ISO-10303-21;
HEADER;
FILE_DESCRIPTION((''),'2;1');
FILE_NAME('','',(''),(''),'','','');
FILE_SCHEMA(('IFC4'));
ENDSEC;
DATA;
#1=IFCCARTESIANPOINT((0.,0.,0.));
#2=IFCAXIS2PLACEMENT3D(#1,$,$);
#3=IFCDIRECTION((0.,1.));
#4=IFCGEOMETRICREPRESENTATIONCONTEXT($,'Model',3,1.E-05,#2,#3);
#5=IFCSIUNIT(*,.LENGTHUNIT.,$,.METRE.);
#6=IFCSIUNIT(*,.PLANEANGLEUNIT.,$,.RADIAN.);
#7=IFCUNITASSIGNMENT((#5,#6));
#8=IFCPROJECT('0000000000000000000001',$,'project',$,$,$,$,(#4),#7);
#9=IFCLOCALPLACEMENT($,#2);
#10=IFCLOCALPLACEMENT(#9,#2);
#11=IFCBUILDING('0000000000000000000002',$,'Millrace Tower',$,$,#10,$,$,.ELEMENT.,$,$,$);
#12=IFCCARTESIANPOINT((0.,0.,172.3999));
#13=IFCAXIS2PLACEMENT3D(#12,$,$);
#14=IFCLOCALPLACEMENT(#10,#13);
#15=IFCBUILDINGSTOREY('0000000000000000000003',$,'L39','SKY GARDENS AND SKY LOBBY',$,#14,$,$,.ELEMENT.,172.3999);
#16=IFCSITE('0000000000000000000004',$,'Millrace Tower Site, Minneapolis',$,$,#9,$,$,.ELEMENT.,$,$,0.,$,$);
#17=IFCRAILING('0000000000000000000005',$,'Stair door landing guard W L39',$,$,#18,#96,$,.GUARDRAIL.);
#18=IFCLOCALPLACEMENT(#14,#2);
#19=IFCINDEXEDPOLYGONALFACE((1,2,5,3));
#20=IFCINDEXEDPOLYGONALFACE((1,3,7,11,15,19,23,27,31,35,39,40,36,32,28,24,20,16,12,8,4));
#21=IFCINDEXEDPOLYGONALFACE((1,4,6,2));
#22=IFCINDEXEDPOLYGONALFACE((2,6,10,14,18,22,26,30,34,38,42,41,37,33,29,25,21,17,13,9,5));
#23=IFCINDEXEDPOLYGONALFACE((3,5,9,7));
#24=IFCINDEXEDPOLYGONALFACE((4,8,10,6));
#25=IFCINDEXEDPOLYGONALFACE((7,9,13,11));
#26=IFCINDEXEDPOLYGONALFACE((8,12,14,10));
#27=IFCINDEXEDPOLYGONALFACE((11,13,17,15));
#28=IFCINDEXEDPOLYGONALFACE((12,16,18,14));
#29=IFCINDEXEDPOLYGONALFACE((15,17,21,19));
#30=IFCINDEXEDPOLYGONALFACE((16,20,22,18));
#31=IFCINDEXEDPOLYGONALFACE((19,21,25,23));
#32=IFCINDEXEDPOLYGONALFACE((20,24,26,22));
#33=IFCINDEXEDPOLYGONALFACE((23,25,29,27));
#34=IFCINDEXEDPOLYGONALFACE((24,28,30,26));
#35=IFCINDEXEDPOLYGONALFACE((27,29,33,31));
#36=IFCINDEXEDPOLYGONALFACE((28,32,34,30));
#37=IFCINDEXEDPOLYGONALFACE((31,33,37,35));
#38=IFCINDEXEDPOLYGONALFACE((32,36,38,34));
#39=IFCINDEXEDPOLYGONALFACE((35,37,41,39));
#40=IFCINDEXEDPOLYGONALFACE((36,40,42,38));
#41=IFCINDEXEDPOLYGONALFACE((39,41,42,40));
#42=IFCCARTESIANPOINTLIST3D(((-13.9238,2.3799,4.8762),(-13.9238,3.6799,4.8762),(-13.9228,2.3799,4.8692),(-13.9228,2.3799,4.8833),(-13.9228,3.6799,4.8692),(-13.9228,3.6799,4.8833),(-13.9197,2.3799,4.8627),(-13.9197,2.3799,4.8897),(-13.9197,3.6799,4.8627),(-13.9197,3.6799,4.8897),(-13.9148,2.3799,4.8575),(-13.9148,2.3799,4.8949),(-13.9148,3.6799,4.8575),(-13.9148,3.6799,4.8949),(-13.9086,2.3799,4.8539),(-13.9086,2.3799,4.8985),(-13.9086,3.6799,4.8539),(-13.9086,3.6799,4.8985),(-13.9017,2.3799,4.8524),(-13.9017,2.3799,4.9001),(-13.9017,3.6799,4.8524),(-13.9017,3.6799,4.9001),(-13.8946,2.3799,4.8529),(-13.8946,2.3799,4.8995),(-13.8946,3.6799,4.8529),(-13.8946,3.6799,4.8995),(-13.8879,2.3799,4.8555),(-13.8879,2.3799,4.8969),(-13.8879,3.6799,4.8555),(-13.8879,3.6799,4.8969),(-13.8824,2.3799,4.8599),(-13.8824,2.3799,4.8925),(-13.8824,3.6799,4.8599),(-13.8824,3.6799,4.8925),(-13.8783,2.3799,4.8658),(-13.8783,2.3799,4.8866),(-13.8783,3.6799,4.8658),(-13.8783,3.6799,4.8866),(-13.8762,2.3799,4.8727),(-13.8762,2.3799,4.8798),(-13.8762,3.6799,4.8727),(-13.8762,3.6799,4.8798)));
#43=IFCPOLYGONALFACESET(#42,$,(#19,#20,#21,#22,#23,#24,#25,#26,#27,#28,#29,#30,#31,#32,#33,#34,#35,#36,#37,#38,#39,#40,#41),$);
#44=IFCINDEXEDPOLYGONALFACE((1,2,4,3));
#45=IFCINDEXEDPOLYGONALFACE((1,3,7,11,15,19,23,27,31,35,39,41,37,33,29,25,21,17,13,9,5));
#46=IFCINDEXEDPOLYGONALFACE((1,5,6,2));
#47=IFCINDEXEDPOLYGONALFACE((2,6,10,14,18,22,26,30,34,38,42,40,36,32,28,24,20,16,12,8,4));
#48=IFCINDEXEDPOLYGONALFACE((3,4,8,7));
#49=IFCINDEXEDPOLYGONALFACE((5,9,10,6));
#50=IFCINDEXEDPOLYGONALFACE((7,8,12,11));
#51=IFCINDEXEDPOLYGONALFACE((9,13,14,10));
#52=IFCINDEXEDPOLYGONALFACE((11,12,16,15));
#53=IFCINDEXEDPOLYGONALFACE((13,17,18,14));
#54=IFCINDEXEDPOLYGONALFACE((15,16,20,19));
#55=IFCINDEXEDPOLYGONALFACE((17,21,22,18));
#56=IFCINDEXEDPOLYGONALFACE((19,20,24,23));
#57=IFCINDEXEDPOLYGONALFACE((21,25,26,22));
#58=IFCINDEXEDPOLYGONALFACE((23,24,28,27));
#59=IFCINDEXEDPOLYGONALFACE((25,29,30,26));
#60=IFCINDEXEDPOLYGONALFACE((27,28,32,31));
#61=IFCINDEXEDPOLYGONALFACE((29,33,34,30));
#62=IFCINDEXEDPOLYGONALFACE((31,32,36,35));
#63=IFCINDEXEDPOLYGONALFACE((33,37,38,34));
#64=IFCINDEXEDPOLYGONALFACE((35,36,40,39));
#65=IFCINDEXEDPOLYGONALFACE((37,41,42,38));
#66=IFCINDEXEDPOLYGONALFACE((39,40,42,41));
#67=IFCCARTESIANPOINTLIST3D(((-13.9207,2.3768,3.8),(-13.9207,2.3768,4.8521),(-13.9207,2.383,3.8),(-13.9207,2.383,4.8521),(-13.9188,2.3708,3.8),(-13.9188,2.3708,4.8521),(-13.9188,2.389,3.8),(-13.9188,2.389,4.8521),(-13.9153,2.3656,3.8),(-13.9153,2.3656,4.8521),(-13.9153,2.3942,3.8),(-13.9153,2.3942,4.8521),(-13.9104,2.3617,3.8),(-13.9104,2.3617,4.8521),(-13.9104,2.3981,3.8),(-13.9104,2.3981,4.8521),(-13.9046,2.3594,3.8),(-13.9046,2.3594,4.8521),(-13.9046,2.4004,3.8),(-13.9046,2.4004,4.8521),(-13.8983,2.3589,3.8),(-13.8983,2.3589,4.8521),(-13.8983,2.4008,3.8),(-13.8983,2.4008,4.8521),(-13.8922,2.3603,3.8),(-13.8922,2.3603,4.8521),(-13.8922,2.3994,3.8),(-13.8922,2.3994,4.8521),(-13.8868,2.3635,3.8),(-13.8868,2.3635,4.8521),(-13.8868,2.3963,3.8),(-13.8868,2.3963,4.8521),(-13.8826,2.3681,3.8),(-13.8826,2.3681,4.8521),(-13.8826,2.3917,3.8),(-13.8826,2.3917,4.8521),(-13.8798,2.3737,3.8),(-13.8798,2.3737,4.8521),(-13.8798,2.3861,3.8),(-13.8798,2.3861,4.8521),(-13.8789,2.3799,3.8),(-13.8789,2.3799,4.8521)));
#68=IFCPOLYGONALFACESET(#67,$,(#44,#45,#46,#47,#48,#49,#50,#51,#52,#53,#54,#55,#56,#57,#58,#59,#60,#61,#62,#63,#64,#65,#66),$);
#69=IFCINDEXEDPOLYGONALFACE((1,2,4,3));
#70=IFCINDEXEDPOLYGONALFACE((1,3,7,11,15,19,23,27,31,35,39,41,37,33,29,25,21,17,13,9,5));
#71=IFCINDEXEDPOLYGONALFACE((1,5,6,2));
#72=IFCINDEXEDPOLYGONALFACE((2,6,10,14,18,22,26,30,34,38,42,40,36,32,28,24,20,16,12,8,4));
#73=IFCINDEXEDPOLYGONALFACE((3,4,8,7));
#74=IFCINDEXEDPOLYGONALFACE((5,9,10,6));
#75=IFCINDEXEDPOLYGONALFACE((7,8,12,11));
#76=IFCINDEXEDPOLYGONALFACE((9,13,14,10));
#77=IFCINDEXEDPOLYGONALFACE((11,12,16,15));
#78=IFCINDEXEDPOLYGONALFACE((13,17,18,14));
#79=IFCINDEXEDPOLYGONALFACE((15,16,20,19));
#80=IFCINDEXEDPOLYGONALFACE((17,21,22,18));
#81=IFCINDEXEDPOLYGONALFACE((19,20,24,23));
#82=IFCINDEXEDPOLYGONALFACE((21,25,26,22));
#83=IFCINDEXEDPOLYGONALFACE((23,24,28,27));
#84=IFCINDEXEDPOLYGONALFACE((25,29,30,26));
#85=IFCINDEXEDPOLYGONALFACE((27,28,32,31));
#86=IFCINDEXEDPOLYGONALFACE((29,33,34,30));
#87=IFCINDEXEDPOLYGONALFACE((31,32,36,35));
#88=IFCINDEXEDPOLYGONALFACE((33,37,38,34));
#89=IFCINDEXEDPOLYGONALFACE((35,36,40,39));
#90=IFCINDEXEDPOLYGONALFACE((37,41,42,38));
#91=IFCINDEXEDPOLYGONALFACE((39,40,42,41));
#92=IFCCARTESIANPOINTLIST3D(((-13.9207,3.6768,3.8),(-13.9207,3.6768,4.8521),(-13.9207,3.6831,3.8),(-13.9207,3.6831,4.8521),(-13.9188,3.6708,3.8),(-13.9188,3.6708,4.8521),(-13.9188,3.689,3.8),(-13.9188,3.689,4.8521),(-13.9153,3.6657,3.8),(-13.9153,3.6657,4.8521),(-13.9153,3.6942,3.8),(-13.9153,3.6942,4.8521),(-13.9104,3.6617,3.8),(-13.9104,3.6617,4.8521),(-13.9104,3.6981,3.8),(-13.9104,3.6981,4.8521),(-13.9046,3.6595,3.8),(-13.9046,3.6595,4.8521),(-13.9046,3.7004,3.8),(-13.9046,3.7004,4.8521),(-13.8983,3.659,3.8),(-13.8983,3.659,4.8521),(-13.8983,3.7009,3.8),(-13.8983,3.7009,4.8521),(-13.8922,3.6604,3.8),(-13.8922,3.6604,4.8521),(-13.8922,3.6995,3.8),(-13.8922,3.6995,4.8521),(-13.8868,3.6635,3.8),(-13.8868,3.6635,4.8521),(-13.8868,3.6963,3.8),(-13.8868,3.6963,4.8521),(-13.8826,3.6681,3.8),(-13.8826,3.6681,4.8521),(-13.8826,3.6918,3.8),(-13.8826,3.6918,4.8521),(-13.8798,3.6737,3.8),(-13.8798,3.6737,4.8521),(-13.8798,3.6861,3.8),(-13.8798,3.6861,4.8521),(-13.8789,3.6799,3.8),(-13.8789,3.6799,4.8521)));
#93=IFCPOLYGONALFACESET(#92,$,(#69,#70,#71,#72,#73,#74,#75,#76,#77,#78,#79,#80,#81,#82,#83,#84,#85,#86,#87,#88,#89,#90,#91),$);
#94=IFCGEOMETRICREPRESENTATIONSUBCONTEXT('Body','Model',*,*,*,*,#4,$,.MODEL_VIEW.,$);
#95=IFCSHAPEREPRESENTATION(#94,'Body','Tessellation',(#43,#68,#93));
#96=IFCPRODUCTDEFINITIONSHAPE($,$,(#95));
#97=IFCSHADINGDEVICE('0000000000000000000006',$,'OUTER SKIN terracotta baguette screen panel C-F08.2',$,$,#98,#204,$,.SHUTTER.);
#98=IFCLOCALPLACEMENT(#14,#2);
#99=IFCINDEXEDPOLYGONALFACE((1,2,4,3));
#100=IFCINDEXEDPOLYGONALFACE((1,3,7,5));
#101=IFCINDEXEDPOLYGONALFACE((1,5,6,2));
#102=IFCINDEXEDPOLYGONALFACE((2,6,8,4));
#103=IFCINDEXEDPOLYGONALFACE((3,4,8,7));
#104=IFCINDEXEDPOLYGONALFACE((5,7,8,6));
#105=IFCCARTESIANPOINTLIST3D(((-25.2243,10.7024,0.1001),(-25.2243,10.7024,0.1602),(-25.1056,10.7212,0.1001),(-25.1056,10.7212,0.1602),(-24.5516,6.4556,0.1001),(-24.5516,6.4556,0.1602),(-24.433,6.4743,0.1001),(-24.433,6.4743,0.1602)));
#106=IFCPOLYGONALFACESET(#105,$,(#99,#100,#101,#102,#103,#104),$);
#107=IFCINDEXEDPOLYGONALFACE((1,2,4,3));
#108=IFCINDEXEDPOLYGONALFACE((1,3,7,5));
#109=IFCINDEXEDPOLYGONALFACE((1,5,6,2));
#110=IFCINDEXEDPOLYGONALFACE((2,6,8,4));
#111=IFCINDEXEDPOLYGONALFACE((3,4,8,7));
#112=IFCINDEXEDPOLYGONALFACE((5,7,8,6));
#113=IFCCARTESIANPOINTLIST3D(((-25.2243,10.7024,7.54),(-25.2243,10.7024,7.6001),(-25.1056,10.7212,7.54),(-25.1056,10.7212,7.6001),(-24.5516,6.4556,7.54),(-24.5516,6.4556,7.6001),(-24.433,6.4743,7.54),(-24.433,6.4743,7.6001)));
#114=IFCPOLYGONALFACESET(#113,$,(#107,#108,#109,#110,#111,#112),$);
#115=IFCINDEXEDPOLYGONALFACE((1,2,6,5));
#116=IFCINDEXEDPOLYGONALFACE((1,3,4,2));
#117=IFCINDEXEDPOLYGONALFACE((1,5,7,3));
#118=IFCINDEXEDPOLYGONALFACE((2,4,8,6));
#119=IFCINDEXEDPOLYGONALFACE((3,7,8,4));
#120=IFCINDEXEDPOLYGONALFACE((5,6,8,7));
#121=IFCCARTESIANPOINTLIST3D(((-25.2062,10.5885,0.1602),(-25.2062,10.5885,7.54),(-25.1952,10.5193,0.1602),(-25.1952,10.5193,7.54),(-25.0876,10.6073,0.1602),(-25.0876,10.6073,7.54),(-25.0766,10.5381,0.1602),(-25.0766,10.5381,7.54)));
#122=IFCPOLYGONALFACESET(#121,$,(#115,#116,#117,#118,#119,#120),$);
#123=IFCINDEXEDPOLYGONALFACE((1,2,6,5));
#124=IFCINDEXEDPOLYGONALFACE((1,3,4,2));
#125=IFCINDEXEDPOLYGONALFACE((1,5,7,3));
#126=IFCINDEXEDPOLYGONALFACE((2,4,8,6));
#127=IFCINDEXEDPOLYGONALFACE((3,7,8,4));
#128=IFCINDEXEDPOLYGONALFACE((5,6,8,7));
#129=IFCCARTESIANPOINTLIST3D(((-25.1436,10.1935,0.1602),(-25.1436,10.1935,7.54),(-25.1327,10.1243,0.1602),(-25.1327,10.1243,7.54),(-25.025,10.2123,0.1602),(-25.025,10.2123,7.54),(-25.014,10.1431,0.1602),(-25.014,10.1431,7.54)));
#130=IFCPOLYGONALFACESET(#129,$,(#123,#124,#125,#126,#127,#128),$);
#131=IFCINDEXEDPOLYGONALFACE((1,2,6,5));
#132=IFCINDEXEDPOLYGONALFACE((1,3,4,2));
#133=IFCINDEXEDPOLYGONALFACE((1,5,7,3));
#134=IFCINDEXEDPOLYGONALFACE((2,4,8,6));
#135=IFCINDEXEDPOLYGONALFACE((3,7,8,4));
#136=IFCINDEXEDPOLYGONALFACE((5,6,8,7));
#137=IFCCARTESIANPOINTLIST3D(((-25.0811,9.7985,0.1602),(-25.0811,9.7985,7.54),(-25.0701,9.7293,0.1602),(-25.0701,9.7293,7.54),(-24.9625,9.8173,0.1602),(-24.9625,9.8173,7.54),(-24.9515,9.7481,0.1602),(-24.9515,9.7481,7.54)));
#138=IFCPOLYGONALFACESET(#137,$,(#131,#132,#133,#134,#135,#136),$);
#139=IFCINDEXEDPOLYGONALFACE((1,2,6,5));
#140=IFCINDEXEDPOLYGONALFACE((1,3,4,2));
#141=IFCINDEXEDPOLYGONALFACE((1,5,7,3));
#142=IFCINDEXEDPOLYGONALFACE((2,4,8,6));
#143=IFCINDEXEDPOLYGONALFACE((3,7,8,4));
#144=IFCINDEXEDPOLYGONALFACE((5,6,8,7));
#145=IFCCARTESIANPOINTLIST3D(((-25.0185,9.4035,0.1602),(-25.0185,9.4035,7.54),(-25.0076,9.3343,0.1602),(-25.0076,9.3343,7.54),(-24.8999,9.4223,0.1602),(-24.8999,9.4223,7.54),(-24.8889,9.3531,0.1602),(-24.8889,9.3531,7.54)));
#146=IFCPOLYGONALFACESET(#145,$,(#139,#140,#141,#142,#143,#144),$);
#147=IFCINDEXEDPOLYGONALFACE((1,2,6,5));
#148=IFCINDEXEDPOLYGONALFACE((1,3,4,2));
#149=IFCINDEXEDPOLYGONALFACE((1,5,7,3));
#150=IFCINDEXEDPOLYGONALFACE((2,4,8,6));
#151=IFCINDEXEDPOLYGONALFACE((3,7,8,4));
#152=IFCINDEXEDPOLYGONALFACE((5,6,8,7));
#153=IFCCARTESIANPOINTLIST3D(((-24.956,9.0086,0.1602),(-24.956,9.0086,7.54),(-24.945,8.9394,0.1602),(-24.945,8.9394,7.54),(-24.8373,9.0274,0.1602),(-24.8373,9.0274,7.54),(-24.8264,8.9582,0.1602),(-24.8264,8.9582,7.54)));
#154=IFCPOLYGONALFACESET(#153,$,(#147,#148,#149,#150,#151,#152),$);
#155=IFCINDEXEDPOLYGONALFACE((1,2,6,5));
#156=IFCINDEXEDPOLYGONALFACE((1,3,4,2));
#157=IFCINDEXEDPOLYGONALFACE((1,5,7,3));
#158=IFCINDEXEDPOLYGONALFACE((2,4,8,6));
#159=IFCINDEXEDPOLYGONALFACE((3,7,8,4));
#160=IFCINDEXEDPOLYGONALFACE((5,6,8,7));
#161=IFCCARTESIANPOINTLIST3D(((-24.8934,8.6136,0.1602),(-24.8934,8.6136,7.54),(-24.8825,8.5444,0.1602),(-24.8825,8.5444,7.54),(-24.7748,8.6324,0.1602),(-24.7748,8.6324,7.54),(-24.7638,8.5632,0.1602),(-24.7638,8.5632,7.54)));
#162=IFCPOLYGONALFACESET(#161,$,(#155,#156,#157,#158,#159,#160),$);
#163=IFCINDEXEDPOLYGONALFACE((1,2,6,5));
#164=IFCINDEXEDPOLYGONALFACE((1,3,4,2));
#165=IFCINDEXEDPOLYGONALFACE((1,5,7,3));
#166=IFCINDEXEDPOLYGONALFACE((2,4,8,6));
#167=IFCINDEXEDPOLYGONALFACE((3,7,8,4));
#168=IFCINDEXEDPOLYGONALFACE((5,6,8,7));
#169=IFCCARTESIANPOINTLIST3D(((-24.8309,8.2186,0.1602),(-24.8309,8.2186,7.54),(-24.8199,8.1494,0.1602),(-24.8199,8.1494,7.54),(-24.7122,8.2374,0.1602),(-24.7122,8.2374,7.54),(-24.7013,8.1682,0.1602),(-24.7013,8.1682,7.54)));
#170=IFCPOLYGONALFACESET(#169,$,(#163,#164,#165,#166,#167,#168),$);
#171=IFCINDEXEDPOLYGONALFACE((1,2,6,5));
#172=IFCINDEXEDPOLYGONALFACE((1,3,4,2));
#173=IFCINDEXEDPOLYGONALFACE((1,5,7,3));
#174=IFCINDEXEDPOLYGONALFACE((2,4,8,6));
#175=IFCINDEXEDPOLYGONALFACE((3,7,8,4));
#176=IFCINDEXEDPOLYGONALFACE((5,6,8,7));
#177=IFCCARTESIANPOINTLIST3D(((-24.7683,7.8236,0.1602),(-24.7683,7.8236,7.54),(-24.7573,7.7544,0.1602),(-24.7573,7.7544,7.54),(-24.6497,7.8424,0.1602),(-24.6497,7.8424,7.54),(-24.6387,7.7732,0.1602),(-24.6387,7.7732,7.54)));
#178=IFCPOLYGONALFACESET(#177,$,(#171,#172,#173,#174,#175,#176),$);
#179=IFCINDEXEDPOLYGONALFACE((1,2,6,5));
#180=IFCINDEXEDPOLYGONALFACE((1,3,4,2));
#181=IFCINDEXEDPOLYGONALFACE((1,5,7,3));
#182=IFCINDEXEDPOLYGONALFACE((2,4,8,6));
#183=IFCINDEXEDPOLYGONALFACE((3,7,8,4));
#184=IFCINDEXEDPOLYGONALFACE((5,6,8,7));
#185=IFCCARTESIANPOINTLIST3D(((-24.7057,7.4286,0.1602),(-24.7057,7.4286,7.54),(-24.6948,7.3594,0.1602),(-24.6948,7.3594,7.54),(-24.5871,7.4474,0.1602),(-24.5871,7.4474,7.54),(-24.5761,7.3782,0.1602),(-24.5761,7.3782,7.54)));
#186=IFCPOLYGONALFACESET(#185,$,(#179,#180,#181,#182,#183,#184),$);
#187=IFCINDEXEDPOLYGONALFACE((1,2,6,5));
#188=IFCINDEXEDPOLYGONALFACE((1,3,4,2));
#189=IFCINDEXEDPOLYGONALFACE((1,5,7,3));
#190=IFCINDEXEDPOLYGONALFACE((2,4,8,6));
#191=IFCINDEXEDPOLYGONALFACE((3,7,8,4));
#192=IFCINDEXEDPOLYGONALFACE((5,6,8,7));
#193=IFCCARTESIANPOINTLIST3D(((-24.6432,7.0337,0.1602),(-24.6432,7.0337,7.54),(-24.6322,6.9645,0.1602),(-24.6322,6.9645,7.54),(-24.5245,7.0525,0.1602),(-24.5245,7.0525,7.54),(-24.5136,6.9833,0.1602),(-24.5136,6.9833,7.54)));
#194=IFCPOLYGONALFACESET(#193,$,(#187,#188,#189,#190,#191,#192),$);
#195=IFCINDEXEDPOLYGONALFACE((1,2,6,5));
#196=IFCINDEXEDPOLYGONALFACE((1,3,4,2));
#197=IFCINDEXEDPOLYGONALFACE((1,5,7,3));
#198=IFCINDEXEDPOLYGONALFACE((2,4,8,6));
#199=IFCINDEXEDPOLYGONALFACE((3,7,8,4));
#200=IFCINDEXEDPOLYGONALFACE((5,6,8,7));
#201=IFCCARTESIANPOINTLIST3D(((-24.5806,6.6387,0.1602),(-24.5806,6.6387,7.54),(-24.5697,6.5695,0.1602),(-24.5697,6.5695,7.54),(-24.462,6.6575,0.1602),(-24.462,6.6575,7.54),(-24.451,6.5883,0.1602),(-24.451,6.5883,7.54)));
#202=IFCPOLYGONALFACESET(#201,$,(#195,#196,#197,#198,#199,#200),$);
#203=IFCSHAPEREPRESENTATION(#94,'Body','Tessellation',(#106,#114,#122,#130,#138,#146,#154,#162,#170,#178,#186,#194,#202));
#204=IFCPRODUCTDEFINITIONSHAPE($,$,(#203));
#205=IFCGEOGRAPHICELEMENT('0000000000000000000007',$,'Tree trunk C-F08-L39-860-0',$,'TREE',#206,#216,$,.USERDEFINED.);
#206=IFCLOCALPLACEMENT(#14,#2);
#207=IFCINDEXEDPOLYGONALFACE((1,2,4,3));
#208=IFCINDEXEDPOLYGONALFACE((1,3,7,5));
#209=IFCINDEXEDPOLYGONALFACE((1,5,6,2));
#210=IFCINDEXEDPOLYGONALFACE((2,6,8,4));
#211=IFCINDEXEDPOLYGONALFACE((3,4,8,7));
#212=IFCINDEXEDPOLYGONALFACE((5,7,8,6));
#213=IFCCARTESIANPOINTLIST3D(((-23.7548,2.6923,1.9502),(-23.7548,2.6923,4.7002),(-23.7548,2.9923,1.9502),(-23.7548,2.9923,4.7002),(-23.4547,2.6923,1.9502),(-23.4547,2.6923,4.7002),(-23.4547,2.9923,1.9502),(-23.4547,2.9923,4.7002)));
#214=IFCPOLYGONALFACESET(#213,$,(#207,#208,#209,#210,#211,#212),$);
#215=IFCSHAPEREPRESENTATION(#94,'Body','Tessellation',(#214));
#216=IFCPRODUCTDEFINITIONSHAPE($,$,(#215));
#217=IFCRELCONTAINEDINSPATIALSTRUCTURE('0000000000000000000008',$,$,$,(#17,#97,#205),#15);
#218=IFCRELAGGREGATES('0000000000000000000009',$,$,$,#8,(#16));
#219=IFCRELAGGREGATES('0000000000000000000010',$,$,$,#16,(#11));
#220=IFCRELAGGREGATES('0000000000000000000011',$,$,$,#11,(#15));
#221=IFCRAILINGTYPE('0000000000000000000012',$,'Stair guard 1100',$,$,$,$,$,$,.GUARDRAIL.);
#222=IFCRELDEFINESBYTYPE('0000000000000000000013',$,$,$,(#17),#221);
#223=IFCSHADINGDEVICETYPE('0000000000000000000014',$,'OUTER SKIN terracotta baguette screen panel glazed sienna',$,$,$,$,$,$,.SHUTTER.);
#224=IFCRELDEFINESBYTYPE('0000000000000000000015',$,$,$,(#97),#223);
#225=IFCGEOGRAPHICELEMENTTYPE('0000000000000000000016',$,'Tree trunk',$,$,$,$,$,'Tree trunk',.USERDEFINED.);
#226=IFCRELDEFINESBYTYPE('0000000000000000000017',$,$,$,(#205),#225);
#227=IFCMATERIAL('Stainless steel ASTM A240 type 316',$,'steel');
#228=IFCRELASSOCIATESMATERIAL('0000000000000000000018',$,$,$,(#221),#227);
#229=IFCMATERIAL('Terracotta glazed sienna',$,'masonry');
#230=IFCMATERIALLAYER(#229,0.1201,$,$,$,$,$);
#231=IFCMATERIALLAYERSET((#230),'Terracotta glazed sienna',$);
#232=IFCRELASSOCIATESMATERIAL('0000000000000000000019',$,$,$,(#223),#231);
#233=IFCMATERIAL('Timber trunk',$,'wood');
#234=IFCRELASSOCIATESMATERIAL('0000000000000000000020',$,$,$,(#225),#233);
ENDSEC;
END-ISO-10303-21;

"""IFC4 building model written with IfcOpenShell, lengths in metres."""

from ifc_helpers import new_model, entity, si_unit, direction, frame, frame_2d, origin, origin_2d, place, context, subcontext, project, spatial, rectangle, circle, extrude, source, transform, mapped, material, layer, layer_set, type_object, element, save


model = new_model("IFC4")

# Units and contexts
model_context = context("Model", 3, precision=1e-05, world=origin(), true_north=direction((0.0, 1.0)))
body_context = subcontext(model_context, "Body", "Model", "MODEL_VIEW")
ifc_project = project(units=[si_unit("LENGTHUNIT", "METRE"), si_unit("PLANEANGLEUNIT", "RADIAN")], contexts=[model_context])

# Site, building, storey
site_placement = place(None, origin())
site = spatial("IfcSite", under=ifc_project, at=site_placement, Name="Millrace Tower Site, Minneapolis", CompositionType="ELEMENT", RefElevation=0.0)
building_placement = place(site_placement, origin())
building = spatial("IfcBuilding", under=site, at=building_placement, Name="Millrace Tower", CompositionType="ELEMENT")
storey_placement = place(building_placement, frame((0.0, 0.0, 172.3999)))
storey = spatial("IfcBuildingStorey", under=building, at=storey_placement, Name="L39", Description="SKY GARDENS AND SKY LOBBY", CompositionType="ELEMENT", Elevation=172.3999)

# Railing
ifc_material_1 = material(Name="Stainless steel ASTM A240 type 316", Category="steel")
railing_type_1 = type_object("IfcRailingType", Name="Stair guard 1100", PredefinedType="GUARDRAIL", material=ifc_material_1)
railing_1_placement = place(storey_placement, frame((-13.8999, 2.3799, 3.8)))
element("IfcRailing", 1, at=railing_1_placement, inside=storey, type_object=railing_type_1, Name="Stair door landing guard W L39", PredefinedType="GUARDRAIL", context=body_context, shape_type="SweptSolid", body=[
    extrude(circle(Radius=0.0239, at=origin_2d()), frame((0.0, 0.0, 1.0762), z_axis=(0.0, 1.0, 0.0), x_axis=(-1.0, 0.0, 0.0)), (0.0, 0.0, 1.0), 1.3),
    extrude(circle(Radius=0.021, at=origin_2d()), origin(), (0.0, 0.0, 1.0), 1.052),
    extrude(circle(Radius=0.021, at=origin_2d()), frame((0.0, 1.3, 0.0)), (0.0, 0.0, 1.0), 1.052),
])

# Shading device
ifc_material_2 = material(Name="Terracotta glazed sienna", Category="masonry")
ifc_layer_1 = layer(ifc_material_2, 0.1201)
ifc_layer_set_1 = layer_set([ifc_layer_1], Name="Terracotta glazed sienna")
shading_device_type = type_object("IfcShadingDeviceType", Name="OUTER SKIN terracotta baguette screen panel glazed sienna", PredefinedType="SHUTTER", material=ifc_layer_set_1)
cartesian_point = entity("IfcCartesianPoint", [-2.1499, 0.0601])
shared_polyline = entity("IfcPolyline", [cartesian_point, entity("IfcCartesianPoint", [2.1499, 0.0601]), entity("IfcCartesianPoint", [2.1499, -0.0601]), entity("IfcCartesianPoint", [-2.1499, -0.0601]), cartesian_point])
shared_shape = source(origin(), body_context, "Body", "SweptSolid", [
    entity("IfcExtrudedAreaSolid", entity("IfcArbitraryClosedProfileDef", "AREA", None, shared_polyline), entity("IfcAxis2Placement3D", entity("IfcCartesianPoint", [0.0, 0.0, 0.0])), entity("IfcDirection", [0.0, 0.0, 1.0]), 0.0601),
    entity("IfcExtrudedAreaSolid", entity("IfcArbitraryClosedProfileDef", "AREA", None, shared_polyline), entity("IfcAxis2Placement3D", entity("IfcCartesianPoint", [0.0, 0.0, 7.4399])), entity("IfcDirection", [0.0, 0.0, 1.0]), 0.0601),
    extrude(rectangle(XDim=0.0701, YDim=0.1201, at=frame_2d((-1.9995, 0.0))), frame((0.0, 0.0, 0.0601)), (0.0, 0.0, 1.0), 7.3799),
    extrude(rectangle(XDim=0.0701, YDim=0.1201, at=frame_2d((-1.5996, 0.0))), frame((0.0, 0.0, 0.0601)), (0.0, 0.0, 1.0), 7.3799),
    extrude(rectangle(XDim=0.0701, YDim=0.1201, at=frame_2d((-1.1997, 0.0))), frame((0.0, 0.0, 0.0601)), (0.0, 0.0, 1.0), 7.3799),
    extrude(rectangle(XDim=0.0701, YDim=0.1201, at=frame_2d((-0.7998, 0.0))), frame((0.0, 0.0, 0.0601)), (0.0, 0.0, 1.0), 7.3799),
    extrude(rectangle(XDim=0.0701, YDim=0.1201, at=frame_2d((-0.3999, 0.0))), frame((0.0, 0.0, 0.0601)), (0.0, 0.0, 1.0), 7.3799),
    extrude(rectangle(XDim=0.0701, YDim=0.1201, at=origin_2d()), frame((0.0, 0.0, 0.0601)), (0.0, 0.0, 1.0), 7.3799),
    extrude(rectangle(XDim=0.0701, YDim=0.1201, at=frame_2d((0.3999, 0.0))), frame((0.0, 0.0, 0.0601)), (0.0, 0.0, 1.0), 7.3799),
    extrude(rectangle(XDim=0.0701, YDim=0.1201, at=frame_2d((0.7998, 0.0))), frame((0.0, 0.0, 0.0601)), (0.0, 0.0, 1.0), 7.3799),
    extrude(rectangle(XDim=0.0701, YDim=0.1201, at=frame_2d((1.1997, 0.0))), frame((0.0, 0.0, 0.0601)), (0.0, 0.0, 1.0), 7.3799),
    extrude(rectangle(XDim=0.0701, YDim=0.1201, at=frame_2d((1.5996, 0.0))), frame((0.0, 0.0, 0.0601)), (0.0, 0.0, 1.0), 7.3799),
    extrude(rectangle(XDim=0.0701, YDim=0.1201, at=frame_2d((1.9995, 0.0))), frame((0.0, 0.0, 0.0601)), (0.0, 0.0, 1.0), 7.3799),
])
shading_device_placement = place(storey_placement, frame((-24.8286, 8.5884, 0.1001), z_axis=(0.0, 0.0, 1.0), x_axis=(0.156434, -0.987688, 0.0)))
element("IfcShadingDevice", 2, at=shading_device_placement, inside=storey, type_object=shading_device_type, Name="OUTER SKIN terracotta baguette screen panel C-F08.2", PredefinedType="SHUTTER", context=body_context, shape_type="MappedRepresentation", body=[
    mapped(shared_shape, transform((0.0, 0.0, 0.0), scale=1.0)),
])

# Geographic element
ifc_material_3 = material(Name="Timber trunk", Category="wood")
geographic_element_type = type_object("IfcGeographicElementType", Name="Tree trunk", ElementType="Tree trunk", PredefinedType="USERDEFINED", material=ifc_material_3)
geographic_element_placement = place(storey_placement, frame((-23.6047, 2.8423, 1.9502), z_axis=(0.0, 0.0, 1.0), x_axis=(1.0, 0.0, 0.0)))
element("IfcGeographicElement", 3, at=geographic_element_placement, inside=storey, type_object=geographic_element_type, Name="Tree trunk C-F08-L39-860-0", ObjectType="TREE", PredefinedType="USERDEFINED", context=body_context, shape_type="SweptSolid", body=[
    extrude(rectangle(XDim=0.3, YDim=0.3, at=origin_2d()), origin(), (0.0, 0.0, 1.0), 2.75),
])

save(model, "model.ifc")
